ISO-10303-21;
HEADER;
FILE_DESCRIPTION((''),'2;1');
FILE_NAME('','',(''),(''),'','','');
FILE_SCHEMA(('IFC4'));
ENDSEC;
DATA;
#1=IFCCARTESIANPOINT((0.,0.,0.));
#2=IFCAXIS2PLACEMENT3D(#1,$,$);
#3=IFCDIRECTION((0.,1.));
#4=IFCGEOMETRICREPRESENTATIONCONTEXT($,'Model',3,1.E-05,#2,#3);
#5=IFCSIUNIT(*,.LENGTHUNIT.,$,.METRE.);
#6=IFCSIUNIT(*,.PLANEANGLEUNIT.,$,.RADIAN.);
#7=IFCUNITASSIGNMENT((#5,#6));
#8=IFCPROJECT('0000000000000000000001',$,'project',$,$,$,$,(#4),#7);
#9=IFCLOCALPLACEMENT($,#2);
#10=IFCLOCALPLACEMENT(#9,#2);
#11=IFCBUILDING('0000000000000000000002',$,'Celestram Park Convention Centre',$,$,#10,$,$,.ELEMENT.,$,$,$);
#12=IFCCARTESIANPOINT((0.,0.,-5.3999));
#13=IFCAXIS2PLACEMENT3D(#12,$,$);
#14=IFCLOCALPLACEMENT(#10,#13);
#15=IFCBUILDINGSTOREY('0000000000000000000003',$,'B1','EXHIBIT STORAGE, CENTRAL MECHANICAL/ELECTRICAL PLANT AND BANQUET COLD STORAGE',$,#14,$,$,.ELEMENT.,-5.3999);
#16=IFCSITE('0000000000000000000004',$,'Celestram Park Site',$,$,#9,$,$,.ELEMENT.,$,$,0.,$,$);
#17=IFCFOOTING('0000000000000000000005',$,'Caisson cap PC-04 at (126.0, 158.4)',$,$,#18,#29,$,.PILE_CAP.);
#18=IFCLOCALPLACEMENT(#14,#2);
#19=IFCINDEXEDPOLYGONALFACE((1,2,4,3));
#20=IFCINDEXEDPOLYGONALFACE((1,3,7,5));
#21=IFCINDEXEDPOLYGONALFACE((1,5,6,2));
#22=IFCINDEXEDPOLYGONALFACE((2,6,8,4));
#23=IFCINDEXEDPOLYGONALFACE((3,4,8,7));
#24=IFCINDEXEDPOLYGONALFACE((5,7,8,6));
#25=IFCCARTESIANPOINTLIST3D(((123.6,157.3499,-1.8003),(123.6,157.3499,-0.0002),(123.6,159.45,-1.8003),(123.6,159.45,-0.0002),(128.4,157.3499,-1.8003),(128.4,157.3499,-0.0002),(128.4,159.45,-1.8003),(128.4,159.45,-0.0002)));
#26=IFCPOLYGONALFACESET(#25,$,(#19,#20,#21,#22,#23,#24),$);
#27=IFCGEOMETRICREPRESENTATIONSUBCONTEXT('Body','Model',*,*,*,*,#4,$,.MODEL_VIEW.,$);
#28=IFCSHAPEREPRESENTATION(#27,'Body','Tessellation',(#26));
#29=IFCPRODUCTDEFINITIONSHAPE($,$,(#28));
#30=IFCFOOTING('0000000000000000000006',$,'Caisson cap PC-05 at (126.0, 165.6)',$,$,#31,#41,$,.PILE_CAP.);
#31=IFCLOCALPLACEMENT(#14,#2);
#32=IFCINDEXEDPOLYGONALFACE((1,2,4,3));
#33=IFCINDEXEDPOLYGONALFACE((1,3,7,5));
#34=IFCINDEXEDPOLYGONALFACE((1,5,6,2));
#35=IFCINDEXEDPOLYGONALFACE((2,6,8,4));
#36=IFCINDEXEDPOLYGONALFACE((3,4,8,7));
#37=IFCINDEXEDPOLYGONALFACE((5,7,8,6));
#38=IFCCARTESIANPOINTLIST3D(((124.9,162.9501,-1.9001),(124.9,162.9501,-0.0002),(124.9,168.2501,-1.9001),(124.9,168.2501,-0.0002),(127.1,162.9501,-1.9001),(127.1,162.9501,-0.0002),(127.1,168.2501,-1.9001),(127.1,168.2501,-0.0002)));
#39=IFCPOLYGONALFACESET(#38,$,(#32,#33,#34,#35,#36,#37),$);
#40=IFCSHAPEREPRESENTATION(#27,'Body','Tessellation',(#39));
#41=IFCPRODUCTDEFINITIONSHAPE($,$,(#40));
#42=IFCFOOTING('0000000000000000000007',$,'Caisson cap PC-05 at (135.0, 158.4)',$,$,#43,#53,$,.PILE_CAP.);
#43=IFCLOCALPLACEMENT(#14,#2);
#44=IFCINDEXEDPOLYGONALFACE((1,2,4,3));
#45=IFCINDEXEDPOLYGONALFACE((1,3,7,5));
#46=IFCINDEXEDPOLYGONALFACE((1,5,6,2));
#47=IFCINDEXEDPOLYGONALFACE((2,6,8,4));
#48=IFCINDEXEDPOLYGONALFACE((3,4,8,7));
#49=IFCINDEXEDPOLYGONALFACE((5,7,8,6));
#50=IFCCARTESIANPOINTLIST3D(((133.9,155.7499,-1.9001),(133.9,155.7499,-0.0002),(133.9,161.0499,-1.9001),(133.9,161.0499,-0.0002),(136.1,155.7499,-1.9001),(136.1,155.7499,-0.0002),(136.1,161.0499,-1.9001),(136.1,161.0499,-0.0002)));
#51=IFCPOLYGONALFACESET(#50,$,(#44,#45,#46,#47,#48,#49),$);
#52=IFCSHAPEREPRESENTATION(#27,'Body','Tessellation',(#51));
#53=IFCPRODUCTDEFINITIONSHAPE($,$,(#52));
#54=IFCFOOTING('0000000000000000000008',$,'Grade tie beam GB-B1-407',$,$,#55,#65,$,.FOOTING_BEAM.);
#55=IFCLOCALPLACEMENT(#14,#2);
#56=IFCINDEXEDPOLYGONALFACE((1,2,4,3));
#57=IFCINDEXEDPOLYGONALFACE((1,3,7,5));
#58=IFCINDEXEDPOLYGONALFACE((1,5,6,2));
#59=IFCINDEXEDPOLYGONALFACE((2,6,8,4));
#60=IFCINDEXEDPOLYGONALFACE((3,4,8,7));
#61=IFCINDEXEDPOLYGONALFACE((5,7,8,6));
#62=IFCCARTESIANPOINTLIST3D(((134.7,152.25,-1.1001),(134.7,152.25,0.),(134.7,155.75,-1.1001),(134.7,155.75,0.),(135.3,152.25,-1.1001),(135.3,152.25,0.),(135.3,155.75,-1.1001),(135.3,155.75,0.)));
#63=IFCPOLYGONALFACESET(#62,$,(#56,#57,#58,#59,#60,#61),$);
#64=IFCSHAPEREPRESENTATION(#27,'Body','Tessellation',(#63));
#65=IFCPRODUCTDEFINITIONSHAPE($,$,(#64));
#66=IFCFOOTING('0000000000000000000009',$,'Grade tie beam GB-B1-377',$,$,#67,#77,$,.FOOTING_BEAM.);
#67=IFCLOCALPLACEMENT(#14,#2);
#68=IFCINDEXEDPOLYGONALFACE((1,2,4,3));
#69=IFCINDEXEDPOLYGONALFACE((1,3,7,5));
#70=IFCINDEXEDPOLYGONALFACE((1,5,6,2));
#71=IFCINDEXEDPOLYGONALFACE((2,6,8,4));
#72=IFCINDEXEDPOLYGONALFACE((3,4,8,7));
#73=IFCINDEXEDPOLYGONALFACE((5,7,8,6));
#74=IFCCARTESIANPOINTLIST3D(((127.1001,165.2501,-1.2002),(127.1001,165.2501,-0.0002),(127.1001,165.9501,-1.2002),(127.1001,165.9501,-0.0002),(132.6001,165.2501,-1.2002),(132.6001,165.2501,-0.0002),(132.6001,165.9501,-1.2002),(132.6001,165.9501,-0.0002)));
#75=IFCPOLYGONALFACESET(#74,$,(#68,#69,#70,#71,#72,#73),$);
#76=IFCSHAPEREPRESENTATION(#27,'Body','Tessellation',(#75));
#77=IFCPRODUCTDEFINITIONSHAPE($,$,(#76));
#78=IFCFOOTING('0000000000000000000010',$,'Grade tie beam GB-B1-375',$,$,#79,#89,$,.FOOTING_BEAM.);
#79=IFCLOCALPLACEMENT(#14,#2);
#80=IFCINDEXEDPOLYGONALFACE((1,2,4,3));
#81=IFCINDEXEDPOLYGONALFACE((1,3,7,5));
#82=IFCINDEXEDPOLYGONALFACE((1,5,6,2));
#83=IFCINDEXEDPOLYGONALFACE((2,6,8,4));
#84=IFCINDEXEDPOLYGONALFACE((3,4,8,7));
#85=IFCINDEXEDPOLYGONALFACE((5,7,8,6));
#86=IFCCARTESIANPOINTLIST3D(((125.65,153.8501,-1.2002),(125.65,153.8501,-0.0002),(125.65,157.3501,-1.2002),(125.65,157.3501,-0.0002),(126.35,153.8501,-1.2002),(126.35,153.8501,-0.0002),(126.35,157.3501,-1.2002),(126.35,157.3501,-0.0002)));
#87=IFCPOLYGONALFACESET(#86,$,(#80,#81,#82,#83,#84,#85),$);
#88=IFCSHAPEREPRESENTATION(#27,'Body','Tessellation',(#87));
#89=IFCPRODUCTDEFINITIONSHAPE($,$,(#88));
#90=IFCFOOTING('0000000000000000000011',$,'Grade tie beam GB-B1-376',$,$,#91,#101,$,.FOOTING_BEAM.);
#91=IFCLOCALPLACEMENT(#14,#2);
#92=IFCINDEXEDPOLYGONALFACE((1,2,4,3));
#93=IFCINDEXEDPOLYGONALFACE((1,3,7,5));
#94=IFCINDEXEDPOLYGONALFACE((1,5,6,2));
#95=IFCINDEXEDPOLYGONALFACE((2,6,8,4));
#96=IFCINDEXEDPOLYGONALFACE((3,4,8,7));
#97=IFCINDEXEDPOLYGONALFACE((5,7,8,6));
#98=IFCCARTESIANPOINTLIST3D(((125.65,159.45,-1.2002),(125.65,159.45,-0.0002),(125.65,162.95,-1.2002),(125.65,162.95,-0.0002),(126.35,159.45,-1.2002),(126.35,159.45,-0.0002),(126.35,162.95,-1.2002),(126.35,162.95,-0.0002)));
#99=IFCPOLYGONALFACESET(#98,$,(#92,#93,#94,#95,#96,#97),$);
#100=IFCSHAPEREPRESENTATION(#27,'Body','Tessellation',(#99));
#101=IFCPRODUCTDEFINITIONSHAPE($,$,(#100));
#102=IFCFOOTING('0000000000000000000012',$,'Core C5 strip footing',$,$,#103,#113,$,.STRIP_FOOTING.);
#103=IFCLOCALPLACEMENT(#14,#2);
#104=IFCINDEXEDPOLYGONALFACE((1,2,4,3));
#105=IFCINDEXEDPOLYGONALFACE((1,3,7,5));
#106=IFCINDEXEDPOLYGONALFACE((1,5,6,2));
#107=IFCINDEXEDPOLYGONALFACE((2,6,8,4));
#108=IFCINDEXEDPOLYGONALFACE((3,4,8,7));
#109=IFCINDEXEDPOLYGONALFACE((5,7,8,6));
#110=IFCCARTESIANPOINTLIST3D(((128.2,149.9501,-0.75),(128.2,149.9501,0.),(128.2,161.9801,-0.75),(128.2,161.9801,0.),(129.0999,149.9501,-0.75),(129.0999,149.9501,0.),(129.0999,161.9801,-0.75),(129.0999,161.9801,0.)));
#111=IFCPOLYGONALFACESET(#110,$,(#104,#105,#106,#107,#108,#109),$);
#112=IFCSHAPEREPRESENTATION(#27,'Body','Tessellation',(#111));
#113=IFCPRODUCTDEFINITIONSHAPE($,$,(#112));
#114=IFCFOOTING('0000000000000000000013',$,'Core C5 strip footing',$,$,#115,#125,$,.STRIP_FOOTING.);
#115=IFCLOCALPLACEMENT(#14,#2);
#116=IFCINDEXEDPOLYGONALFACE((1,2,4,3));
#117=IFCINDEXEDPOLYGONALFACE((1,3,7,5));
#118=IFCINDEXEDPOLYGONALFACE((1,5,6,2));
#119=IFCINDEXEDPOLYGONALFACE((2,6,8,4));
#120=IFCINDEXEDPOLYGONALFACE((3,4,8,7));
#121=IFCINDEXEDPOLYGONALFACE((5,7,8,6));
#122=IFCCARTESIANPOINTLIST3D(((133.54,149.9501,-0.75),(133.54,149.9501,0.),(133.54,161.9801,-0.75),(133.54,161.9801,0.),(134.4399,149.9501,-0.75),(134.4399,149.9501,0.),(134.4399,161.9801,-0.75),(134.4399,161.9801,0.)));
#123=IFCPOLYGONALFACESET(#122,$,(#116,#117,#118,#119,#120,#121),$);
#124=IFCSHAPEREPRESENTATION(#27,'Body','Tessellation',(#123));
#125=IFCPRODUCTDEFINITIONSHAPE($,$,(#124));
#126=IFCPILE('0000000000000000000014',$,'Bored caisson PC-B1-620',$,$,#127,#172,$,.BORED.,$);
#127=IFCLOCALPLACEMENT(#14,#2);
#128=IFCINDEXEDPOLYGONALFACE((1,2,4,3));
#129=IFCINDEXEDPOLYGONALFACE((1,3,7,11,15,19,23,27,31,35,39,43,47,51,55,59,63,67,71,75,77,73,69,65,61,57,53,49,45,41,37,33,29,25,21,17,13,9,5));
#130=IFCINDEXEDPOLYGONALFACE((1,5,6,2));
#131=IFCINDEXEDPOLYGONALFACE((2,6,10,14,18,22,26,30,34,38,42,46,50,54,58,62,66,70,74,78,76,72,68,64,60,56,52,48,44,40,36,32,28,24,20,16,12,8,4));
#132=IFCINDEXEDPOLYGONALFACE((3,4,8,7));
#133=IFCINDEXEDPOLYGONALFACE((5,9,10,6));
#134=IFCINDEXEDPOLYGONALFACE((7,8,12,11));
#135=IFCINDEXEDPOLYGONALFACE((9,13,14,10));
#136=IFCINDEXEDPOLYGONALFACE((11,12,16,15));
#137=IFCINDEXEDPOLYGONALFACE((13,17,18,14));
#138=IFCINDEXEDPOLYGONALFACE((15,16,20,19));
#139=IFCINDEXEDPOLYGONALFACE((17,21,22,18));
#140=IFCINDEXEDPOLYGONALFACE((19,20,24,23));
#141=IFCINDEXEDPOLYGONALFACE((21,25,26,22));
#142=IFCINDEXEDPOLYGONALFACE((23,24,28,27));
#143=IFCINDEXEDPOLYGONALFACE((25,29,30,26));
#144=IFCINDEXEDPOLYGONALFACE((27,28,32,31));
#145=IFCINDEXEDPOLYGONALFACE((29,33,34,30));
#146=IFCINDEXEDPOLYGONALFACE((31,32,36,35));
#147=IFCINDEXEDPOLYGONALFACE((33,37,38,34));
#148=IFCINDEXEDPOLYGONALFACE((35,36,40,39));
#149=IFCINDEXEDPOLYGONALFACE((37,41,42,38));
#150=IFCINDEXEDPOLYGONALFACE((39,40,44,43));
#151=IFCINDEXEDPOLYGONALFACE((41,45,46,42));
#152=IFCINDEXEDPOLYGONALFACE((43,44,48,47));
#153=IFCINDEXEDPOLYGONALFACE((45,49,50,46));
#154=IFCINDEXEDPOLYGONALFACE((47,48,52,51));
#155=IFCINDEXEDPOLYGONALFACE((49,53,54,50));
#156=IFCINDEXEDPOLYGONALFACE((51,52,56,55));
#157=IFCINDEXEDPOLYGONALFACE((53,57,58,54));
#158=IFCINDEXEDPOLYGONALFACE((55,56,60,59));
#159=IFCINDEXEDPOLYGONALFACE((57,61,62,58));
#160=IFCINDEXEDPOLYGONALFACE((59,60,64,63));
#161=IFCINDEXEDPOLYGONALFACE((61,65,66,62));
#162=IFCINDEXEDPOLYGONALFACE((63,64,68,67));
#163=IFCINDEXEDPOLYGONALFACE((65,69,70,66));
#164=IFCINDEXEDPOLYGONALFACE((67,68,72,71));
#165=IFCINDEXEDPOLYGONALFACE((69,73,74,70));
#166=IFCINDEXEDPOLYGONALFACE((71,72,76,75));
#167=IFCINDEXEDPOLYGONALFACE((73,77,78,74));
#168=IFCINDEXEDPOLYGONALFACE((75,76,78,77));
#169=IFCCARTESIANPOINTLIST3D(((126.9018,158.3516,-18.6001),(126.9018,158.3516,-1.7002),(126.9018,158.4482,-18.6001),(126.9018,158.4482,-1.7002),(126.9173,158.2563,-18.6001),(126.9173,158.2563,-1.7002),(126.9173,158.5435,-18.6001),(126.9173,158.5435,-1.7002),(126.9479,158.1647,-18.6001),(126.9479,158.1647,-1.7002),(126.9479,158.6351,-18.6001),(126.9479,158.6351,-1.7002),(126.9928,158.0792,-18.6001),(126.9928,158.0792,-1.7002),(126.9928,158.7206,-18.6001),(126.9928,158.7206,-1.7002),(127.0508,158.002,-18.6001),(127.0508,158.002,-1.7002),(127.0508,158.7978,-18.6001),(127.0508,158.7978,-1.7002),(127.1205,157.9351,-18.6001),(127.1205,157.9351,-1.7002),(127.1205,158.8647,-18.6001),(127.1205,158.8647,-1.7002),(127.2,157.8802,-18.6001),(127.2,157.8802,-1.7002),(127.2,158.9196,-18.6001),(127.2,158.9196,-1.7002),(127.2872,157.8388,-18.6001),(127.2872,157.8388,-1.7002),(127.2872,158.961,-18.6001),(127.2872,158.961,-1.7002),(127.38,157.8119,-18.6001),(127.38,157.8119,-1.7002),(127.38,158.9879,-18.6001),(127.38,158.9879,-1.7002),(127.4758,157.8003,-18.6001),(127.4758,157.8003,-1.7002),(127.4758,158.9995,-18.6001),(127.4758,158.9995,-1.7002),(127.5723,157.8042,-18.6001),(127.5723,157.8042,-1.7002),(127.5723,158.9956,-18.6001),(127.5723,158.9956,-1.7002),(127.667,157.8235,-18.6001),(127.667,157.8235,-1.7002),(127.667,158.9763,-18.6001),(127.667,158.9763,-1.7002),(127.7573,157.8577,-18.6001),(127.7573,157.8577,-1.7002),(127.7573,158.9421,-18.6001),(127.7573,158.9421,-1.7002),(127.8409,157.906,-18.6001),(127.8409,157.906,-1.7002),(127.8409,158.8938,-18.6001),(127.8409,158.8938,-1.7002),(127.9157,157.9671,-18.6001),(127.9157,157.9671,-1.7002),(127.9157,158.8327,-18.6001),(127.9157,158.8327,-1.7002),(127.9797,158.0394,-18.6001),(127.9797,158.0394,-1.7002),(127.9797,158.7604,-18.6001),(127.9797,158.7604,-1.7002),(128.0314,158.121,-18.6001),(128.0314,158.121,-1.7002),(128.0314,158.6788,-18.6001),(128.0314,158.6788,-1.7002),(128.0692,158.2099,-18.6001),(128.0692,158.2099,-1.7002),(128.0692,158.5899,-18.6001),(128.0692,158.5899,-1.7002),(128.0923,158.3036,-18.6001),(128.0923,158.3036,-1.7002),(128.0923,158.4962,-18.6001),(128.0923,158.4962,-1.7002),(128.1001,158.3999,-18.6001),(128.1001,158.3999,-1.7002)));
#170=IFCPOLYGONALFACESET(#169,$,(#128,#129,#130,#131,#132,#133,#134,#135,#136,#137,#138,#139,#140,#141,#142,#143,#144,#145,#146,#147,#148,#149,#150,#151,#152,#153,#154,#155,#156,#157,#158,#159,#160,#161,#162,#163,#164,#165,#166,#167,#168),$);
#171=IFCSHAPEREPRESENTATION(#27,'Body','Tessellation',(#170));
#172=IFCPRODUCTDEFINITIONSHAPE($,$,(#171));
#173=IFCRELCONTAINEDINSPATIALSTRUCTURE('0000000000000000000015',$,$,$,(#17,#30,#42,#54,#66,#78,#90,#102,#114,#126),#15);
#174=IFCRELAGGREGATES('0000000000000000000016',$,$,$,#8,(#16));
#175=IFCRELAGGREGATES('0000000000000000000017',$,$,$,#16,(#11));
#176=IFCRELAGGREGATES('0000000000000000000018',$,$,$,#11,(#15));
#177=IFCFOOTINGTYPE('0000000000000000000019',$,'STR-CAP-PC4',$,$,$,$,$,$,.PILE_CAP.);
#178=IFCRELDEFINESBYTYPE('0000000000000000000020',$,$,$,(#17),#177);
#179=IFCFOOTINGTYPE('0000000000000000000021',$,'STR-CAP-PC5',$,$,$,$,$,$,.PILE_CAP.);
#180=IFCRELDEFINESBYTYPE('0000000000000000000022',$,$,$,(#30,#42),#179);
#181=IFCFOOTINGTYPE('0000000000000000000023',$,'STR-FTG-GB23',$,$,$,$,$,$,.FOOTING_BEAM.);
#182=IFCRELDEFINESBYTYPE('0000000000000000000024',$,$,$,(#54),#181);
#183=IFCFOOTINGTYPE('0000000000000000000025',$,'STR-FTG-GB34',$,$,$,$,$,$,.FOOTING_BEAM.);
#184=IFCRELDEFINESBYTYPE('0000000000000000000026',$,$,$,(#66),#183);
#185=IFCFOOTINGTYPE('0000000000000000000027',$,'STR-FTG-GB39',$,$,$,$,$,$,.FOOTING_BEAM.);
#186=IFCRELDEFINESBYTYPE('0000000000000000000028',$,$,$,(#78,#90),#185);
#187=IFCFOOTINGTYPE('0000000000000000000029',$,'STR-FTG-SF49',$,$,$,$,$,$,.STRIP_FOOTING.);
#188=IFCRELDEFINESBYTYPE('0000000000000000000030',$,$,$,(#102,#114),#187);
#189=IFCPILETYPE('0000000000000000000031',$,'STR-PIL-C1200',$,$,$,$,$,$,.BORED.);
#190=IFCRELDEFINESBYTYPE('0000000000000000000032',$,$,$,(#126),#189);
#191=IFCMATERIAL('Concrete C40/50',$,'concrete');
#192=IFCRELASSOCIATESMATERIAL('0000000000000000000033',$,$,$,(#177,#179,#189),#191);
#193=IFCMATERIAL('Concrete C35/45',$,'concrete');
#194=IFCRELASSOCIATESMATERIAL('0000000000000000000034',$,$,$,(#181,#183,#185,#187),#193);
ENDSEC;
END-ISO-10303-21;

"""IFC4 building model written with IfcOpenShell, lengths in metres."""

from ifc_helpers import new_model, si_unit, direction, frame, origin, origin_2d, place, context, subcontext, project, spatial, rectangle, circle, extrude, material, material_profile, profile_set, type_object, element, save


model = new_model("IFC4")

# Units and contexts
model_context = context("Model", 3, precision=1e-05, world=origin(), true_north=direction((0.0, 1.0)))
body_context = subcontext(model_context, "Body", "Model", "MODEL_VIEW")
ifc_project = project(units=[si_unit("LENGTHUNIT", "METRE"), si_unit("PLANEANGLEUNIT", "RADIAN")], contexts=[model_context])

# Site, building, storey
site_placement = place(None, origin())
site = spatial("IfcSite", under=ifc_project, at=site_placement, Name="Celestram Park Site", CompositionType="ELEMENT", RefElevation=0.0)
building_placement = place(site_placement, origin())
building = spatial("IfcBuilding", under=site, at=building_placement, Name="Celestram Park Convention Centre", CompositionType="ELEMENT")
storey_placement = place(building_placement, frame((0.0, 0.0, -5.3999)))
storey = spatial("IfcBuildingStorey", under=building, at=storey_placement, Name="B1", Description="EXHIBIT STORAGE, CENTRAL MECHANICAL/ELECTRICAL PLANT AND BANQUET COLD STORAGE", CompositionType="ELEMENT", Elevation=-5.3999)

# Footings
ifc_material_1 = material(Name="Concrete C40/50", Category="concrete")
footing_type_1 = type_object("IfcFootingType", Name="STR-CAP-PC4", PredefinedType="PILE_CAP", material=ifc_material_1)
footing_1_placement = place(storey_placement, frame((126.0, 158.3999, -1.8003), z_axis=(0.0, 0.0, 1.0), x_axis=(1.0, 0.0, 0.0)))
element("IfcFooting", 1, at=footing_1_placement, inside=storey, type_object=footing_type_1, Name="Caisson cap PC-04 at (126.0, 158.4)", PredefinedType="PILE_CAP", context=body_context, shape_type="SweptSolid", body=[
    extrude(rectangle(XDim=4.8, YDim=2.1001, at=origin_2d()), origin(), (0.0, 0.0, 1.0), 1.8),
])
footing_type_2 = type_object("IfcFootingType", Name="STR-CAP-PC5", PredefinedType="PILE_CAP", material=ifc_material_1)
for number, where, z_axis, x_axis, name in (
    (2, (126.0, 165.6001, -1.9001), (0.0, 0.0, 1.0), (1.0, 0.0, 0.0), "Caisson cap PC-05 at (126.0, 165.6)"),
    (3, (135.0, 158.3999, -1.9001), (0.0, 0.0, 1.0), (1.0, 0.0, 0.0), "Caisson cap PC-05 at (135.0, 158.4)"),
):
    element("IfcFooting", number, at=place(storey_placement, frame(where, z_axis=z_axis, x_axis=x_axis)), inside=storey, type_object=footing_type_2, Name=name, PredefinedType="PILE_CAP", context=body_context, shape_type="SweptSolid", body=[
        extrude(rectangle(XDim=2.2, YDim=5.3, at=origin_2d()), origin(), (0.0, 0.0, 1.0), 1.8999),
    ])
ifc_material_2 = material(Name="Concrete C35/45", Category="concrete")
footing_type_3 = type_object("IfcFootingType", Name="STR-FTG-GB23", PredefinedType="FOOTING_BEAM", material=ifc_material_2)
footing_2_placement = place(storey_placement, frame((135.0, 154.0, -1.1001), z_axis=(0.0, 0.0, 1.0), x_axis=(0.0, 1.0, 0.0)))
element("IfcFooting", 4, at=footing_2_placement, inside=storey, type_object=footing_type_3, Name="Grade tie beam GB-B1-407", PredefinedType="FOOTING_BEAM", context=body_context, shape_type="SweptSolid", body=[
    extrude(rectangle(XDim=3.5, YDim=0.6001, at=origin_2d()), origin(), (0.0, 0.0, 1.0), 1.1001),
])
footing_type_4 = type_object("IfcFootingType", Name="STR-FTG-GB34", PredefinedType="FOOTING_BEAM", material=ifc_material_2)
footing_3_placement = place(storey_placement, frame((129.8501, 165.6001, -1.2002), z_axis=(0.0, 0.0, 1.0), x_axis=(1.0, 0.0, 0.0)))
element("IfcFooting", 5, at=footing_3_placement, inside=storey, type_object=footing_type_4, Name="Grade tie beam GB-B1-377", PredefinedType="FOOTING_BEAM", context=body_context, shape_type="SweptSolid", body=[
    extrude(rectangle(XDim=5.5, YDim=0.7, at=origin_2d()), origin(), (0.0, 0.0, 1.0), 1.2),
])
footing_type_5 = type_object("IfcFootingType", Name="STR-FTG-GB39", PredefinedType="FOOTING_BEAM", material=ifc_material_2)
for number, where, z_axis, x_axis, name in (
    (6, (126.0, 155.6001, -1.2002), (0.0, 0.0, 1.0), (0.0, 1.0, 0.0), "Grade tie beam GB-B1-375"),
    (7, (126.0, 161.2, -1.2002), (0.0, 0.0, 1.0), (0.0, 1.0, 0.0), "Grade tie beam GB-B1-376"),
):
    element("IfcFooting", number, at=place(storey_placement, frame(where, z_axis=z_axis, x_axis=x_axis)), inside=storey, type_object=footing_type_5, Name=name, PredefinedType="FOOTING_BEAM", context=body_context, shape_type="SweptSolid", body=[
        extrude(rectangle(XDim=3.5, YDim=0.7, at=origin_2d()), origin(), (0.0, 0.0, 1.0), 1.2),
    ])
footing_type_6 = type_object("IfcFootingType", Name="STR-FTG-SF49", PredefinedType="STRIP_FOOTING", material=ifc_material_2)
for number, where, z_axis, x_axis, name in (
    (8, (128.6499, 155.9651, -0.75), (0.0, 0.0, 1.0), (0.0, 1.0, 0.0), "Core C5 strip footing"),
    (9, (133.99, 155.9651, -0.75), (0.0, 0.0, 1.0), (0.0, 1.0, 0.0), "Core C5 strip footing"),
):
    element("IfcFooting", number, at=place(storey_placement, frame(where, z_axis=z_axis, x_axis=x_axis)), inside=storey, type_object=footing_type_6, Name=name, PredefinedType="STRIP_FOOTING", context=body_context, shape_type="SweptSolid", body=[
        extrude(rectangle(XDim=12.03, YDim=0.8999, at=origin_2d()), origin(), (0.0, 0.0, 1.0), 0.75),
    ])

# Pile
ifc_material_profile_1 = material_profile(ifc_material_1, circle(Radius=0.6001, at=origin_2d()), Name="CAISSON1200")
ifc_profile_set_1 = profile_set([ifc_material_profile_1], Name="Concrete C40/50")
pile_type_1 = type_object("IfcPileType", Name="STR-PIL-C1200", PredefinedType="BORED", material=ifc_profile_set_1)
for number, where, z_axis, x_axis, name in (
    (10, (127.5, 158.3999, -1.7002), (0.0, 0.0, -1.0), (1.0, 0.0, 0.0), "Bored caisson PC-B1-620"),
):
    element("IfcPile", number, at=place(storey_placement, frame(where, z_axis=z_axis, x_axis=x_axis)), inside=storey, type_object=pile_type_1, Name=name, PredefinedType="BORED", context=body_context, shape_type="SweptSolid", body=[
        extrude(circle(Radius=0.6001, at=origin_2d()), origin(), (0.0, 0.0, 1.0), 16.8999),
    ])

save(model, "model.ifc")
